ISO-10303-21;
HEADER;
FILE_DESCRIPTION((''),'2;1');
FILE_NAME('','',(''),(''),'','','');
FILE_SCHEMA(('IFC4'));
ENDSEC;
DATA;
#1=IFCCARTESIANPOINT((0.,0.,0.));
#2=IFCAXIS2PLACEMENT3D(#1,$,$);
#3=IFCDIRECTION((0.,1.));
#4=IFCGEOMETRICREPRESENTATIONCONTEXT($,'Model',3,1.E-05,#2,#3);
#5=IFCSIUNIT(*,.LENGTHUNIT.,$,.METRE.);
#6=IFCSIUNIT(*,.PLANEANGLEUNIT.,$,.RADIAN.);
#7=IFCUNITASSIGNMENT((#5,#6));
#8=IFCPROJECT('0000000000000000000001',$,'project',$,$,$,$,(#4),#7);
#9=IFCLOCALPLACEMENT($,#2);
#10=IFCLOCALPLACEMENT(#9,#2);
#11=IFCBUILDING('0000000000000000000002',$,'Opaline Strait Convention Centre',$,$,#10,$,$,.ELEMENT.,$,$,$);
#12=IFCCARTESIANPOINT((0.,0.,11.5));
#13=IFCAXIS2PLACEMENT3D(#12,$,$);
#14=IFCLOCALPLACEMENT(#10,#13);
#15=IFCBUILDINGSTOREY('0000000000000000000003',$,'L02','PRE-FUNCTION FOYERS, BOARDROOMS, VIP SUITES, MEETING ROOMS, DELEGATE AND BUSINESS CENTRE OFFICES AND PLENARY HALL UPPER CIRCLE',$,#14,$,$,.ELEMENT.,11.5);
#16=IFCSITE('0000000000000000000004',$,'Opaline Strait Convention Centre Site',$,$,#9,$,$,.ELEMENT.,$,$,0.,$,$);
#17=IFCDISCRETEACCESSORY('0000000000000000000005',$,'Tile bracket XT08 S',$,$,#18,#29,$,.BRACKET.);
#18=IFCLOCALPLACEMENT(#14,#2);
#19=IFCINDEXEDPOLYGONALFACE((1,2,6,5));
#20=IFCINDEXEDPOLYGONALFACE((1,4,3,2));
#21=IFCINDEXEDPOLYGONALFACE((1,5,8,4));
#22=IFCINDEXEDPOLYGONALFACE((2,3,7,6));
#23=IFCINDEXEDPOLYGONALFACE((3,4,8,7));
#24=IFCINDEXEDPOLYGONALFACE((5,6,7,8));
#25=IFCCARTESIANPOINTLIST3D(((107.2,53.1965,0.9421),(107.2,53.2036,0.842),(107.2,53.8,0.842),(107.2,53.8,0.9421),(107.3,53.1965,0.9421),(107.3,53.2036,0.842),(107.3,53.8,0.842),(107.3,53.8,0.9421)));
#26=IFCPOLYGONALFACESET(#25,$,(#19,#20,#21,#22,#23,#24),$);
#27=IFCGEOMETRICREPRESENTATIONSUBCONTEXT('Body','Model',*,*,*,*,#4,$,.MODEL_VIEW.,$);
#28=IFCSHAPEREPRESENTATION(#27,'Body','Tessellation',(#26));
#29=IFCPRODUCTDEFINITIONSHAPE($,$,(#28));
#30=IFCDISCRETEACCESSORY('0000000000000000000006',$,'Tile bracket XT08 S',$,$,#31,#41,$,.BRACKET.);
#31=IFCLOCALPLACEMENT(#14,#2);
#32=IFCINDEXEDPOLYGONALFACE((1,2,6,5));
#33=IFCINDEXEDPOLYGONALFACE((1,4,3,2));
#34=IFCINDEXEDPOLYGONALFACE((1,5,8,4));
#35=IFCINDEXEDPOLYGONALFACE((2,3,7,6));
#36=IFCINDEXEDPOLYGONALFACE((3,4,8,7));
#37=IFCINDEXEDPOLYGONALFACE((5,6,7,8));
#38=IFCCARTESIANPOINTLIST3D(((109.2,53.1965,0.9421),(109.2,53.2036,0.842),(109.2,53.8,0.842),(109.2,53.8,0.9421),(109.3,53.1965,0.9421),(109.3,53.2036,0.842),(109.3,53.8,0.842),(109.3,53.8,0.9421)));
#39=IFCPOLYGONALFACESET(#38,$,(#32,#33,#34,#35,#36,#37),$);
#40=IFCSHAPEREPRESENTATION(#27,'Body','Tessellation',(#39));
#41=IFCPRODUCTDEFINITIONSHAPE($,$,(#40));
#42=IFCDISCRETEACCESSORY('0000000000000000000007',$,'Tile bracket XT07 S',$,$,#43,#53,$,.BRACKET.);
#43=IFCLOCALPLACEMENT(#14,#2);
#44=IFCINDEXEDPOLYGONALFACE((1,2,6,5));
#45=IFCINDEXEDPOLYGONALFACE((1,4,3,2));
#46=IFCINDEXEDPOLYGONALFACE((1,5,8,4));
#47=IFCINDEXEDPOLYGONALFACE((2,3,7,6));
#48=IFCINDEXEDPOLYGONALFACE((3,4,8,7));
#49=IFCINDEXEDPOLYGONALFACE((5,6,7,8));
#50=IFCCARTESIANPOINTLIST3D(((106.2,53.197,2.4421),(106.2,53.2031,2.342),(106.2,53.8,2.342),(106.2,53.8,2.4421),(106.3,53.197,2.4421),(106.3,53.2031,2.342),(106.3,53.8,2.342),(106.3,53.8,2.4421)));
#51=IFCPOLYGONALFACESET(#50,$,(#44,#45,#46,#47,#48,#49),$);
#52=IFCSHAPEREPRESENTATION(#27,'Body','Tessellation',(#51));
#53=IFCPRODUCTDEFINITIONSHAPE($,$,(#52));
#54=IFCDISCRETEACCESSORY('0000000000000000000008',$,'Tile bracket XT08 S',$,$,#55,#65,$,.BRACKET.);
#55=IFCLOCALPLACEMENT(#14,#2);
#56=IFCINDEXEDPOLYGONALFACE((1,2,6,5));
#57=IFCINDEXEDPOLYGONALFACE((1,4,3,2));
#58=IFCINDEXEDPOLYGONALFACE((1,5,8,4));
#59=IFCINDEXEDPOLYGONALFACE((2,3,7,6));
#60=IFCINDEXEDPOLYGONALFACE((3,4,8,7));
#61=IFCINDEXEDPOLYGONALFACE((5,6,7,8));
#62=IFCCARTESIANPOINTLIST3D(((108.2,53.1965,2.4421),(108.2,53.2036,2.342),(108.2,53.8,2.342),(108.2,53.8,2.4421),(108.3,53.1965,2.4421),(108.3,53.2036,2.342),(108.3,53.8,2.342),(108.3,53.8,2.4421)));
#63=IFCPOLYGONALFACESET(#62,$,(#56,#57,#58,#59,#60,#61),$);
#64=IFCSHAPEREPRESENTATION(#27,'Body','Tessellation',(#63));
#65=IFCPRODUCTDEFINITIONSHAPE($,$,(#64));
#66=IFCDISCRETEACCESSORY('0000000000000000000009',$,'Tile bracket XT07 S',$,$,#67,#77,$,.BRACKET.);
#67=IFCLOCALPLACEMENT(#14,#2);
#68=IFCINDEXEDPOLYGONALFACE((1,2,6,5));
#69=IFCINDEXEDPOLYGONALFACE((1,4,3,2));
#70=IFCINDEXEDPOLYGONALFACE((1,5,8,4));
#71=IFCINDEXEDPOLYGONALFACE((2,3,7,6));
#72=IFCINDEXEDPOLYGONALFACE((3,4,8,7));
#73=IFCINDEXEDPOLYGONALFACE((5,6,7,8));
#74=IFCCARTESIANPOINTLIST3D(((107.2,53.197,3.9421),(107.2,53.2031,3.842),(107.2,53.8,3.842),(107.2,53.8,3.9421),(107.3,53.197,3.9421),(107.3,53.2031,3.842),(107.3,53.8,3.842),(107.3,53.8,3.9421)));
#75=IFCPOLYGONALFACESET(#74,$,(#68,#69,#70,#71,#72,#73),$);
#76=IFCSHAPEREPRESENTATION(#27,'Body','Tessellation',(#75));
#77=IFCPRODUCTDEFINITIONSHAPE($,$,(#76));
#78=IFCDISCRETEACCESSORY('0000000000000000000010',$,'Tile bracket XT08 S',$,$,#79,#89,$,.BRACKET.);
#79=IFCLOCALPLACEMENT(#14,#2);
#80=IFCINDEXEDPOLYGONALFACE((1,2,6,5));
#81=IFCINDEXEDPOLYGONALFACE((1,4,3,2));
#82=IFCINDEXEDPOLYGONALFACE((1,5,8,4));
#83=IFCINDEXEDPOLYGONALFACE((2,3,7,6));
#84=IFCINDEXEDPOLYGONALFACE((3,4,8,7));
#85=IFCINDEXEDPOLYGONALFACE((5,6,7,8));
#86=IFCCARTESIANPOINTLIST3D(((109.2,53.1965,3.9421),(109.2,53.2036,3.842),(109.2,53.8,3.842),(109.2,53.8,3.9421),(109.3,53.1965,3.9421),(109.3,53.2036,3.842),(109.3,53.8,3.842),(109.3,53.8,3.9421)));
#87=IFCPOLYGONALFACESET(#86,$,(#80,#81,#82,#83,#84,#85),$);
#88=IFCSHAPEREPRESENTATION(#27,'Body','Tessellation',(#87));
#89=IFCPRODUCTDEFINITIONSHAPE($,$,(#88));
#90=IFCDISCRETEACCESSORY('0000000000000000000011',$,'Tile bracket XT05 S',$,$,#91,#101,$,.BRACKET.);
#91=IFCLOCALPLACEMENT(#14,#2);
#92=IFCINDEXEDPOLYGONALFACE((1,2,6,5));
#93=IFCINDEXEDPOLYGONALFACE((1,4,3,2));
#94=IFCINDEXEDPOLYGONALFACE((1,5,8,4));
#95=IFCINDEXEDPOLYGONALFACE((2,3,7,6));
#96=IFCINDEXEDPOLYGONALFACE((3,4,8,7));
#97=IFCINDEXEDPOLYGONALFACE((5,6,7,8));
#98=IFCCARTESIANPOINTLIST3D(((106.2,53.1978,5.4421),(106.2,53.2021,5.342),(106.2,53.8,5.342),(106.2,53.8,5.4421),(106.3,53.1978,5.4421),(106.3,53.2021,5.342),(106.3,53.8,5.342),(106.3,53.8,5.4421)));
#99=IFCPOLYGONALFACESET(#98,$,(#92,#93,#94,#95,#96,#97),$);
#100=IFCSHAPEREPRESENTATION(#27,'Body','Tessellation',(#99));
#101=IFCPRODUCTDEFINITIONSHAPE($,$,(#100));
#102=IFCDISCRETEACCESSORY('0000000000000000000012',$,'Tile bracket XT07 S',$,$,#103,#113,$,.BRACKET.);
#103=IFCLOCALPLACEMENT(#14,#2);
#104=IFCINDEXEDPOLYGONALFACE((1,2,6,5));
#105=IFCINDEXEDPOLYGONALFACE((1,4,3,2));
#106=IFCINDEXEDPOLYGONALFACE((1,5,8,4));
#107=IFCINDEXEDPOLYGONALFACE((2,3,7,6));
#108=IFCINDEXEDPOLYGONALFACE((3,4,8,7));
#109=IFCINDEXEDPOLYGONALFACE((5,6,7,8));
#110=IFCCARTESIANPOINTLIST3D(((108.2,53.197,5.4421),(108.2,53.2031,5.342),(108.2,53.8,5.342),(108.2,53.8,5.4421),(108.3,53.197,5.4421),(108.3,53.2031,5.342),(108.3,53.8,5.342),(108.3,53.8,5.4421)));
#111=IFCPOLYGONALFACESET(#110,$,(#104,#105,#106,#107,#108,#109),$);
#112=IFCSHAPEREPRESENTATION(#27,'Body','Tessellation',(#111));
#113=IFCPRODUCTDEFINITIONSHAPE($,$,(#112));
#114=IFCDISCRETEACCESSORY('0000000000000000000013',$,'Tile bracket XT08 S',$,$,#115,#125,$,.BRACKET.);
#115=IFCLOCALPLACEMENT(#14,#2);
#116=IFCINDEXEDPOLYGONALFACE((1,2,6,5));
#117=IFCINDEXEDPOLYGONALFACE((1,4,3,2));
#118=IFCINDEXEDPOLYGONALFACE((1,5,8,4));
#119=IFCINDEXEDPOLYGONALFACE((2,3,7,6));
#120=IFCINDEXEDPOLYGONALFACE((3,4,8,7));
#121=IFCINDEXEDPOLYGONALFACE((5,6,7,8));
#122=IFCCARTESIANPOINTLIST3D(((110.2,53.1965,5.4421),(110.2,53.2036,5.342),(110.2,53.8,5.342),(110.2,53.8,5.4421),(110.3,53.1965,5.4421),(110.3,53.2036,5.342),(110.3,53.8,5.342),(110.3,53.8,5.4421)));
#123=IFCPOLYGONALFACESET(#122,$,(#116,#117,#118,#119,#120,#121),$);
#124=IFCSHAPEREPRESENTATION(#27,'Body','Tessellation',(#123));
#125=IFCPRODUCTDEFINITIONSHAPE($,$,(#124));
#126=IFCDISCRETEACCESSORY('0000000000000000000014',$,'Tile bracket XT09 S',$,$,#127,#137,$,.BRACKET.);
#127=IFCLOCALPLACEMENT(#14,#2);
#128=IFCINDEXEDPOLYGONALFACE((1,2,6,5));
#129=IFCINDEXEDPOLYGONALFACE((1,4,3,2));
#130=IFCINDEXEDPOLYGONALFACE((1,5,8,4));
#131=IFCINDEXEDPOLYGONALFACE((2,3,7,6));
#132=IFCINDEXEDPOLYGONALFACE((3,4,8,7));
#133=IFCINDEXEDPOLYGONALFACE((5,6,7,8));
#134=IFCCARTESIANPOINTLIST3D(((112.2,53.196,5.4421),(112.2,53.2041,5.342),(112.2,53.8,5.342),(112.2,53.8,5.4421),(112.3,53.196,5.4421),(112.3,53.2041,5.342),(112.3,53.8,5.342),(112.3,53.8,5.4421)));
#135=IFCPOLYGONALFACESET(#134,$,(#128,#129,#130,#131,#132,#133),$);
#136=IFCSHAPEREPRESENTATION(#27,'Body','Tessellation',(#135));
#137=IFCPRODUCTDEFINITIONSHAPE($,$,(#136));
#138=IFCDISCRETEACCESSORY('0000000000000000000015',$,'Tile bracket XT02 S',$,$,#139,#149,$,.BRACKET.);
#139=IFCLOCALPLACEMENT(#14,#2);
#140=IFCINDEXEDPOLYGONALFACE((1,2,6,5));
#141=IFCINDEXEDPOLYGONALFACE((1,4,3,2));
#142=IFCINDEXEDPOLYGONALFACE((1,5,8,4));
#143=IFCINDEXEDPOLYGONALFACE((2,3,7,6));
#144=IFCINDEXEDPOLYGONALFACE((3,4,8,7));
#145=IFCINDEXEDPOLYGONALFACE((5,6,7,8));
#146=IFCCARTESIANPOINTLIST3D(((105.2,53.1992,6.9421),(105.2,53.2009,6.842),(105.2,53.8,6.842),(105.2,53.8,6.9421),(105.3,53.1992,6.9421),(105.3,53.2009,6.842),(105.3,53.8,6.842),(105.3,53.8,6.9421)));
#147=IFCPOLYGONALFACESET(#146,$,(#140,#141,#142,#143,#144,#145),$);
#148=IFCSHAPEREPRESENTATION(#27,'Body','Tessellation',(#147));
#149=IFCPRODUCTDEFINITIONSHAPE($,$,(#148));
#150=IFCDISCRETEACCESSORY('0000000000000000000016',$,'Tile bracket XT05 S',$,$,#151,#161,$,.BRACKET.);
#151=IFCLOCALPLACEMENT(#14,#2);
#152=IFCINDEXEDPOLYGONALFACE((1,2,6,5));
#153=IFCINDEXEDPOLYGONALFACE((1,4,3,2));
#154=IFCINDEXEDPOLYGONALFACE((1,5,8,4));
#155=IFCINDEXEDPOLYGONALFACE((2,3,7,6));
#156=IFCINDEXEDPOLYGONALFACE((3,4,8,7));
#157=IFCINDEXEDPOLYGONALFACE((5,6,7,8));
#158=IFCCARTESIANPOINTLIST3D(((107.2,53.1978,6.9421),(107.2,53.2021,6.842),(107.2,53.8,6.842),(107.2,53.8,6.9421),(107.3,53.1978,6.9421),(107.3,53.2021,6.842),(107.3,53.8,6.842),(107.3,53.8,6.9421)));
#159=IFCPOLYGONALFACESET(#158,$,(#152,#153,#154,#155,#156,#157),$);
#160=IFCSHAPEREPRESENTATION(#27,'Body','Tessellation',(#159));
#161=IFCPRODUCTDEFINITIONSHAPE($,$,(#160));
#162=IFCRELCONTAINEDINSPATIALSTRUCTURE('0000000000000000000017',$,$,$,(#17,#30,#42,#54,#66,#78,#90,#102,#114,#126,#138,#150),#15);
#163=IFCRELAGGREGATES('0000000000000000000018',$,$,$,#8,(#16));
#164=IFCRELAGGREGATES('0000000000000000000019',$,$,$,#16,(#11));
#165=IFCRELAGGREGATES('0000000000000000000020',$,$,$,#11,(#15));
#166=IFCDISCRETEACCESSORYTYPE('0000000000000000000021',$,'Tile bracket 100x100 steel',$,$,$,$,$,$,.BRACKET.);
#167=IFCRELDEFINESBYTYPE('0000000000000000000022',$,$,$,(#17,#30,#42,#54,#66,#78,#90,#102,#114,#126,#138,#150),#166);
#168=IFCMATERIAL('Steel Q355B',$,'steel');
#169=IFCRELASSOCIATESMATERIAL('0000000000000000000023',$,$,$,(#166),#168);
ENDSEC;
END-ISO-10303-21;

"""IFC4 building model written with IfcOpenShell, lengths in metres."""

from ifc_helpers import new_model, si_unit, direction, frame, origin, place, context, subcontext, project, spatial, polyline, outline, extrude, material, type_object, element, save


model = new_model("IFC4")

# Units and contexts
model_context = context("Model", 3, precision=1e-05, world=origin(), true_north=direction((0.0, 1.0)))
body_context = subcontext(model_context, "Body", "Model", "MODEL_VIEW")
ifc_project = project(units=[si_unit("LENGTHUNIT", "METRE"), si_unit("PLANEANGLEUNIT", "RADIAN")], contexts=[model_context])

# Site, building, storey
site_placement = place(None, origin())
site = spatial("IfcSite", under=ifc_project, at=site_placement, Name="Opaline Strait Convention Centre Site", CompositionType="ELEMENT", RefElevation=0.0)
building_placement = place(site_placement, origin())
building = spatial("IfcBuilding", under=site, at=building_placement, Name="Opaline Strait Convention Centre", CompositionType="ELEMENT")
storey_placement = place(building_placement, frame((0.0, 0.0, 11.5)))
storey = spatial("IfcBuildingStorey", under=building, at=storey_placement, Name="L02", Description="PRE-FUNCTION FOYERS, BOARDROOMS, VIP SUITES, MEETING ROOMS, DELEGATE AND BUSINESS CENTRE OFFICES AND PLENARY HALL UPPER CIRCLE", CompositionType="ELEMENT", Elevation=11.5)

# Discrete accessories
ifc_material_1 = material(Name="Steel Q355B", Category="steel")
discrete_accessory_type = type_object("IfcDiscreteAccessoryType", Name="Tile bracket 100x100 steel", PredefinedType="BRACKET", material=ifc_material_1)
for number, where, z_axis, x_axis, name in (
    (1, (107.2, 53.8, 0.8921), (1.0, 0.0, 0.0), (0.0, 1.0, 0.0), "Tile bracket XT08 S"),
    (2, (109.2, 53.8, 0.8921), (1.0, 0.0, 0.0), (0.0, 1.0, 0.0), "Tile bracket XT08 S"),
):
    element("IfcDiscreteAccessory", number, at=place(storey_placement, frame(where, z_axis=z_axis, x_axis=x_axis)), inside=storey, type_object=discrete_accessory_type, Name=name, PredefinedType="BRACKET", context=body_context, shape_type="SweptSolid", body=[
        extrude(outline(polyline([(0.0, -0.05), (0.0, 0.05), (-0.6035, 0.05), (-0.5964, -0.05), (0.0, -0.05)])), origin(), (0.0, 0.0, 1.0), 0.1001),
    ])
discrete_accessory_1_placement = place(storey_placement, frame((106.2, 53.8, 2.3921), z_axis=(1.0, 0.0, 0.0), x_axis=(0.0, 1.0, 0.0)))
element("IfcDiscreteAccessory", 3, at=discrete_accessory_1_placement, inside=storey, type_object=discrete_accessory_type, Name="Tile bracket XT07 S", PredefinedType="BRACKET", context=body_context, shape_type="SweptSolid", body=[
    extrude(outline(polyline([(0.0, -0.05), (0.0, 0.05), (-0.603, 0.05), (-0.5969, -0.05), (0.0, -0.05)])), origin(), (0.0, 0.0, 1.0), 0.1001),
])
discrete_accessory_2_placement = place(storey_placement, frame((108.2, 53.8, 2.3921), z_axis=(1.0, 0.0, 0.0), x_axis=(0.0, 1.0, 0.0)))
element("IfcDiscreteAccessory", 4, at=discrete_accessory_2_placement, inside=storey, type_object=discrete_accessory_type, Name="Tile bracket XT08 S", PredefinedType="BRACKET", context=body_context, shape_type="SweptSolid", body=[
    extrude(outline(polyline([(0.0, -0.05), (0.0, 0.05), (-0.6035, 0.05), (-0.5964, -0.05), (0.0, -0.05)])), origin(), (0.0, 0.0, 1.0), 0.1001),
])
discrete_accessory_3_placement = place(storey_placement, frame((107.2, 53.8, 3.8921), z_axis=(1.0, 0.0, 0.0), x_axis=(0.0, 1.0, 0.0)))
element("IfcDiscreteAccessory", 5, at=discrete_accessory_3_placement, inside=storey, type_object=discrete_accessory_type, Name="Tile bracket XT07 S", PredefinedType="BRACKET", context=body_context, shape_type="SweptSolid", body=[
    extrude(outline(polyline([(0.0, -0.05), (0.0, 0.05), (-0.603, 0.05), (-0.5969, -0.05), (0.0, -0.05)])), origin(), (0.0, 0.0, 1.0), 0.1001),
])
discrete_accessory_4_placement = place(storey_placement, frame((109.2, 53.8, 3.8921), z_axis=(1.0, 0.0, 0.0), x_axis=(0.0, 1.0, 0.0)))
element("IfcDiscreteAccessory", 6, at=discrete_accessory_4_placement, inside=storey, type_object=discrete_accessory_type, Name="Tile bracket XT08 S", PredefinedType="BRACKET", context=body_context, shape_type="SweptSolid", body=[
    extrude(outline(polyline([(0.0, -0.05), (0.0, 0.05), (-0.6035, 0.05), (-0.5964, -0.05), (0.0, -0.05)])), origin(), (0.0, 0.0, 1.0), 0.1001),
])
discrete_accessory_5_placement = place(storey_placement, frame((106.2, 53.8, 5.3921), z_axis=(1.0, 0.0, 0.0), x_axis=(0.0, 1.0, 0.0)))
element("IfcDiscreteAccessory", 7, at=discrete_accessory_5_placement, inside=storey, type_object=discrete_accessory_type, Name="Tile bracket XT05 S", PredefinedType="BRACKET", context=body_context, shape_type="SweptSolid", body=[
    extrude(outline(polyline([(0.0, -0.05), (0.0, 0.05), (-0.6023, 0.05), (-0.5979, -0.05), (0.0, -0.05)])), origin(), (0.0, 0.0, 1.0), 0.1001),
])
discrete_accessory_6_placement = place(storey_placement, frame((108.2, 53.8, 5.3921), z_axis=(1.0, 0.0, 0.0), x_axis=(0.0, 1.0, 0.0)))
element("IfcDiscreteAccessory", 8, at=discrete_accessory_6_placement, inside=storey, type_object=discrete_accessory_type, Name="Tile bracket XT07 S", PredefinedType="BRACKET", context=body_context, shape_type="SweptSolid", body=[
    extrude(outline(polyline([(0.0, -0.05), (0.0, 0.05), (-0.603, 0.05), (-0.5969, -0.05), (0.0, -0.05)])), origin(), (0.0, 0.0, 1.0), 0.1001),
])
discrete_accessory_7_placement = place(storey_placement, frame((110.2, 53.8, 5.3921), z_axis=(1.0, 0.0, 0.0), x_axis=(0.0, 1.0, 0.0)))
element("IfcDiscreteAccessory", 9, at=discrete_accessory_7_placement, inside=storey, type_object=discrete_accessory_type, Name="Tile bracket XT08 S", PredefinedType="BRACKET", context=body_context, shape_type="SweptSolid", body=[
    extrude(outline(polyline([(0.0, -0.05), (0.0, 0.05), (-0.6035, 0.05), (-0.5964, -0.05), (0.0, -0.05)])), origin(), (0.0, 0.0, 1.0), 0.1001),
])
discrete_accessory_8_placement = place(storey_placement, frame((112.2, 53.8, 5.3921), z_axis=(1.0, 0.0, 0.0), x_axis=(0.0, 1.0, 0.0)))
element("IfcDiscreteAccessory", 10, at=discrete_accessory_8_placement, inside=storey, type_object=discrete_accessory_type, Name="Tile bracket XT09 S", PredefinedType="BRACKET", context=body_context, shape_type="SweptSolid", body=[
    extrude(outline(polyline([(0.0, -0.05), (0.0, 0.05), (-0.604, 0.05), (-0.5959, -0.05), (0.0, -0.05)])), origin(), (0.0, 0.0, 1.0), 0.1001),
])
discrete_accessory_9_placement = place(storey_placement, frame((105.2, 53.8, 6.8921), z_axis=(1.0, 0.0, 0.0), x_axis=(0.0, 1.0, 0.0)))
element("IfcDiscreteAccessory", 11, at=discrete_accessory_9_placement, inside=storey, type_object=discrete_accessory_type, Name="Tile bracket XT02 S", PredefinedType="BRACKET", context=body_context, shape_type="SweptSolid", body=[
    extrude(outline(polyline([(0.0, -0.05), (0.0, 0.05), (-0.6008, 0.05), (-0.5991, -0.05), (0.0, -0.05)])), origin(), (0.0, 0.0, 1.0), 0.1001),
])
discrete_accessory_10_placement = place(storey_placement, frame((107.2, 53.8, 6.8921), z_axis=(1.0, 0.0, 0.0), x_axis=(0.0, 1.0, 0.0)))
element("IfcDiscreteAccessory", 12, at=discrete_accessory_10_placement, inside=storey, type_object=discrete_accessory_type, Name="Tile bracket XT05 S", PredefinedType="BRACKET", context=body_context, shape_type="SweptSolid", body=[
    extrude(outline(polyline([(0.0, -0.05), (0.0, 0.05), (-0.6023, 0.05), (-0.5979, -0.05), (0.0, -0.05)])), origin(), (0.0, 0.0, 1.0), 0.1001),
])

save(model, "model.ifc")
